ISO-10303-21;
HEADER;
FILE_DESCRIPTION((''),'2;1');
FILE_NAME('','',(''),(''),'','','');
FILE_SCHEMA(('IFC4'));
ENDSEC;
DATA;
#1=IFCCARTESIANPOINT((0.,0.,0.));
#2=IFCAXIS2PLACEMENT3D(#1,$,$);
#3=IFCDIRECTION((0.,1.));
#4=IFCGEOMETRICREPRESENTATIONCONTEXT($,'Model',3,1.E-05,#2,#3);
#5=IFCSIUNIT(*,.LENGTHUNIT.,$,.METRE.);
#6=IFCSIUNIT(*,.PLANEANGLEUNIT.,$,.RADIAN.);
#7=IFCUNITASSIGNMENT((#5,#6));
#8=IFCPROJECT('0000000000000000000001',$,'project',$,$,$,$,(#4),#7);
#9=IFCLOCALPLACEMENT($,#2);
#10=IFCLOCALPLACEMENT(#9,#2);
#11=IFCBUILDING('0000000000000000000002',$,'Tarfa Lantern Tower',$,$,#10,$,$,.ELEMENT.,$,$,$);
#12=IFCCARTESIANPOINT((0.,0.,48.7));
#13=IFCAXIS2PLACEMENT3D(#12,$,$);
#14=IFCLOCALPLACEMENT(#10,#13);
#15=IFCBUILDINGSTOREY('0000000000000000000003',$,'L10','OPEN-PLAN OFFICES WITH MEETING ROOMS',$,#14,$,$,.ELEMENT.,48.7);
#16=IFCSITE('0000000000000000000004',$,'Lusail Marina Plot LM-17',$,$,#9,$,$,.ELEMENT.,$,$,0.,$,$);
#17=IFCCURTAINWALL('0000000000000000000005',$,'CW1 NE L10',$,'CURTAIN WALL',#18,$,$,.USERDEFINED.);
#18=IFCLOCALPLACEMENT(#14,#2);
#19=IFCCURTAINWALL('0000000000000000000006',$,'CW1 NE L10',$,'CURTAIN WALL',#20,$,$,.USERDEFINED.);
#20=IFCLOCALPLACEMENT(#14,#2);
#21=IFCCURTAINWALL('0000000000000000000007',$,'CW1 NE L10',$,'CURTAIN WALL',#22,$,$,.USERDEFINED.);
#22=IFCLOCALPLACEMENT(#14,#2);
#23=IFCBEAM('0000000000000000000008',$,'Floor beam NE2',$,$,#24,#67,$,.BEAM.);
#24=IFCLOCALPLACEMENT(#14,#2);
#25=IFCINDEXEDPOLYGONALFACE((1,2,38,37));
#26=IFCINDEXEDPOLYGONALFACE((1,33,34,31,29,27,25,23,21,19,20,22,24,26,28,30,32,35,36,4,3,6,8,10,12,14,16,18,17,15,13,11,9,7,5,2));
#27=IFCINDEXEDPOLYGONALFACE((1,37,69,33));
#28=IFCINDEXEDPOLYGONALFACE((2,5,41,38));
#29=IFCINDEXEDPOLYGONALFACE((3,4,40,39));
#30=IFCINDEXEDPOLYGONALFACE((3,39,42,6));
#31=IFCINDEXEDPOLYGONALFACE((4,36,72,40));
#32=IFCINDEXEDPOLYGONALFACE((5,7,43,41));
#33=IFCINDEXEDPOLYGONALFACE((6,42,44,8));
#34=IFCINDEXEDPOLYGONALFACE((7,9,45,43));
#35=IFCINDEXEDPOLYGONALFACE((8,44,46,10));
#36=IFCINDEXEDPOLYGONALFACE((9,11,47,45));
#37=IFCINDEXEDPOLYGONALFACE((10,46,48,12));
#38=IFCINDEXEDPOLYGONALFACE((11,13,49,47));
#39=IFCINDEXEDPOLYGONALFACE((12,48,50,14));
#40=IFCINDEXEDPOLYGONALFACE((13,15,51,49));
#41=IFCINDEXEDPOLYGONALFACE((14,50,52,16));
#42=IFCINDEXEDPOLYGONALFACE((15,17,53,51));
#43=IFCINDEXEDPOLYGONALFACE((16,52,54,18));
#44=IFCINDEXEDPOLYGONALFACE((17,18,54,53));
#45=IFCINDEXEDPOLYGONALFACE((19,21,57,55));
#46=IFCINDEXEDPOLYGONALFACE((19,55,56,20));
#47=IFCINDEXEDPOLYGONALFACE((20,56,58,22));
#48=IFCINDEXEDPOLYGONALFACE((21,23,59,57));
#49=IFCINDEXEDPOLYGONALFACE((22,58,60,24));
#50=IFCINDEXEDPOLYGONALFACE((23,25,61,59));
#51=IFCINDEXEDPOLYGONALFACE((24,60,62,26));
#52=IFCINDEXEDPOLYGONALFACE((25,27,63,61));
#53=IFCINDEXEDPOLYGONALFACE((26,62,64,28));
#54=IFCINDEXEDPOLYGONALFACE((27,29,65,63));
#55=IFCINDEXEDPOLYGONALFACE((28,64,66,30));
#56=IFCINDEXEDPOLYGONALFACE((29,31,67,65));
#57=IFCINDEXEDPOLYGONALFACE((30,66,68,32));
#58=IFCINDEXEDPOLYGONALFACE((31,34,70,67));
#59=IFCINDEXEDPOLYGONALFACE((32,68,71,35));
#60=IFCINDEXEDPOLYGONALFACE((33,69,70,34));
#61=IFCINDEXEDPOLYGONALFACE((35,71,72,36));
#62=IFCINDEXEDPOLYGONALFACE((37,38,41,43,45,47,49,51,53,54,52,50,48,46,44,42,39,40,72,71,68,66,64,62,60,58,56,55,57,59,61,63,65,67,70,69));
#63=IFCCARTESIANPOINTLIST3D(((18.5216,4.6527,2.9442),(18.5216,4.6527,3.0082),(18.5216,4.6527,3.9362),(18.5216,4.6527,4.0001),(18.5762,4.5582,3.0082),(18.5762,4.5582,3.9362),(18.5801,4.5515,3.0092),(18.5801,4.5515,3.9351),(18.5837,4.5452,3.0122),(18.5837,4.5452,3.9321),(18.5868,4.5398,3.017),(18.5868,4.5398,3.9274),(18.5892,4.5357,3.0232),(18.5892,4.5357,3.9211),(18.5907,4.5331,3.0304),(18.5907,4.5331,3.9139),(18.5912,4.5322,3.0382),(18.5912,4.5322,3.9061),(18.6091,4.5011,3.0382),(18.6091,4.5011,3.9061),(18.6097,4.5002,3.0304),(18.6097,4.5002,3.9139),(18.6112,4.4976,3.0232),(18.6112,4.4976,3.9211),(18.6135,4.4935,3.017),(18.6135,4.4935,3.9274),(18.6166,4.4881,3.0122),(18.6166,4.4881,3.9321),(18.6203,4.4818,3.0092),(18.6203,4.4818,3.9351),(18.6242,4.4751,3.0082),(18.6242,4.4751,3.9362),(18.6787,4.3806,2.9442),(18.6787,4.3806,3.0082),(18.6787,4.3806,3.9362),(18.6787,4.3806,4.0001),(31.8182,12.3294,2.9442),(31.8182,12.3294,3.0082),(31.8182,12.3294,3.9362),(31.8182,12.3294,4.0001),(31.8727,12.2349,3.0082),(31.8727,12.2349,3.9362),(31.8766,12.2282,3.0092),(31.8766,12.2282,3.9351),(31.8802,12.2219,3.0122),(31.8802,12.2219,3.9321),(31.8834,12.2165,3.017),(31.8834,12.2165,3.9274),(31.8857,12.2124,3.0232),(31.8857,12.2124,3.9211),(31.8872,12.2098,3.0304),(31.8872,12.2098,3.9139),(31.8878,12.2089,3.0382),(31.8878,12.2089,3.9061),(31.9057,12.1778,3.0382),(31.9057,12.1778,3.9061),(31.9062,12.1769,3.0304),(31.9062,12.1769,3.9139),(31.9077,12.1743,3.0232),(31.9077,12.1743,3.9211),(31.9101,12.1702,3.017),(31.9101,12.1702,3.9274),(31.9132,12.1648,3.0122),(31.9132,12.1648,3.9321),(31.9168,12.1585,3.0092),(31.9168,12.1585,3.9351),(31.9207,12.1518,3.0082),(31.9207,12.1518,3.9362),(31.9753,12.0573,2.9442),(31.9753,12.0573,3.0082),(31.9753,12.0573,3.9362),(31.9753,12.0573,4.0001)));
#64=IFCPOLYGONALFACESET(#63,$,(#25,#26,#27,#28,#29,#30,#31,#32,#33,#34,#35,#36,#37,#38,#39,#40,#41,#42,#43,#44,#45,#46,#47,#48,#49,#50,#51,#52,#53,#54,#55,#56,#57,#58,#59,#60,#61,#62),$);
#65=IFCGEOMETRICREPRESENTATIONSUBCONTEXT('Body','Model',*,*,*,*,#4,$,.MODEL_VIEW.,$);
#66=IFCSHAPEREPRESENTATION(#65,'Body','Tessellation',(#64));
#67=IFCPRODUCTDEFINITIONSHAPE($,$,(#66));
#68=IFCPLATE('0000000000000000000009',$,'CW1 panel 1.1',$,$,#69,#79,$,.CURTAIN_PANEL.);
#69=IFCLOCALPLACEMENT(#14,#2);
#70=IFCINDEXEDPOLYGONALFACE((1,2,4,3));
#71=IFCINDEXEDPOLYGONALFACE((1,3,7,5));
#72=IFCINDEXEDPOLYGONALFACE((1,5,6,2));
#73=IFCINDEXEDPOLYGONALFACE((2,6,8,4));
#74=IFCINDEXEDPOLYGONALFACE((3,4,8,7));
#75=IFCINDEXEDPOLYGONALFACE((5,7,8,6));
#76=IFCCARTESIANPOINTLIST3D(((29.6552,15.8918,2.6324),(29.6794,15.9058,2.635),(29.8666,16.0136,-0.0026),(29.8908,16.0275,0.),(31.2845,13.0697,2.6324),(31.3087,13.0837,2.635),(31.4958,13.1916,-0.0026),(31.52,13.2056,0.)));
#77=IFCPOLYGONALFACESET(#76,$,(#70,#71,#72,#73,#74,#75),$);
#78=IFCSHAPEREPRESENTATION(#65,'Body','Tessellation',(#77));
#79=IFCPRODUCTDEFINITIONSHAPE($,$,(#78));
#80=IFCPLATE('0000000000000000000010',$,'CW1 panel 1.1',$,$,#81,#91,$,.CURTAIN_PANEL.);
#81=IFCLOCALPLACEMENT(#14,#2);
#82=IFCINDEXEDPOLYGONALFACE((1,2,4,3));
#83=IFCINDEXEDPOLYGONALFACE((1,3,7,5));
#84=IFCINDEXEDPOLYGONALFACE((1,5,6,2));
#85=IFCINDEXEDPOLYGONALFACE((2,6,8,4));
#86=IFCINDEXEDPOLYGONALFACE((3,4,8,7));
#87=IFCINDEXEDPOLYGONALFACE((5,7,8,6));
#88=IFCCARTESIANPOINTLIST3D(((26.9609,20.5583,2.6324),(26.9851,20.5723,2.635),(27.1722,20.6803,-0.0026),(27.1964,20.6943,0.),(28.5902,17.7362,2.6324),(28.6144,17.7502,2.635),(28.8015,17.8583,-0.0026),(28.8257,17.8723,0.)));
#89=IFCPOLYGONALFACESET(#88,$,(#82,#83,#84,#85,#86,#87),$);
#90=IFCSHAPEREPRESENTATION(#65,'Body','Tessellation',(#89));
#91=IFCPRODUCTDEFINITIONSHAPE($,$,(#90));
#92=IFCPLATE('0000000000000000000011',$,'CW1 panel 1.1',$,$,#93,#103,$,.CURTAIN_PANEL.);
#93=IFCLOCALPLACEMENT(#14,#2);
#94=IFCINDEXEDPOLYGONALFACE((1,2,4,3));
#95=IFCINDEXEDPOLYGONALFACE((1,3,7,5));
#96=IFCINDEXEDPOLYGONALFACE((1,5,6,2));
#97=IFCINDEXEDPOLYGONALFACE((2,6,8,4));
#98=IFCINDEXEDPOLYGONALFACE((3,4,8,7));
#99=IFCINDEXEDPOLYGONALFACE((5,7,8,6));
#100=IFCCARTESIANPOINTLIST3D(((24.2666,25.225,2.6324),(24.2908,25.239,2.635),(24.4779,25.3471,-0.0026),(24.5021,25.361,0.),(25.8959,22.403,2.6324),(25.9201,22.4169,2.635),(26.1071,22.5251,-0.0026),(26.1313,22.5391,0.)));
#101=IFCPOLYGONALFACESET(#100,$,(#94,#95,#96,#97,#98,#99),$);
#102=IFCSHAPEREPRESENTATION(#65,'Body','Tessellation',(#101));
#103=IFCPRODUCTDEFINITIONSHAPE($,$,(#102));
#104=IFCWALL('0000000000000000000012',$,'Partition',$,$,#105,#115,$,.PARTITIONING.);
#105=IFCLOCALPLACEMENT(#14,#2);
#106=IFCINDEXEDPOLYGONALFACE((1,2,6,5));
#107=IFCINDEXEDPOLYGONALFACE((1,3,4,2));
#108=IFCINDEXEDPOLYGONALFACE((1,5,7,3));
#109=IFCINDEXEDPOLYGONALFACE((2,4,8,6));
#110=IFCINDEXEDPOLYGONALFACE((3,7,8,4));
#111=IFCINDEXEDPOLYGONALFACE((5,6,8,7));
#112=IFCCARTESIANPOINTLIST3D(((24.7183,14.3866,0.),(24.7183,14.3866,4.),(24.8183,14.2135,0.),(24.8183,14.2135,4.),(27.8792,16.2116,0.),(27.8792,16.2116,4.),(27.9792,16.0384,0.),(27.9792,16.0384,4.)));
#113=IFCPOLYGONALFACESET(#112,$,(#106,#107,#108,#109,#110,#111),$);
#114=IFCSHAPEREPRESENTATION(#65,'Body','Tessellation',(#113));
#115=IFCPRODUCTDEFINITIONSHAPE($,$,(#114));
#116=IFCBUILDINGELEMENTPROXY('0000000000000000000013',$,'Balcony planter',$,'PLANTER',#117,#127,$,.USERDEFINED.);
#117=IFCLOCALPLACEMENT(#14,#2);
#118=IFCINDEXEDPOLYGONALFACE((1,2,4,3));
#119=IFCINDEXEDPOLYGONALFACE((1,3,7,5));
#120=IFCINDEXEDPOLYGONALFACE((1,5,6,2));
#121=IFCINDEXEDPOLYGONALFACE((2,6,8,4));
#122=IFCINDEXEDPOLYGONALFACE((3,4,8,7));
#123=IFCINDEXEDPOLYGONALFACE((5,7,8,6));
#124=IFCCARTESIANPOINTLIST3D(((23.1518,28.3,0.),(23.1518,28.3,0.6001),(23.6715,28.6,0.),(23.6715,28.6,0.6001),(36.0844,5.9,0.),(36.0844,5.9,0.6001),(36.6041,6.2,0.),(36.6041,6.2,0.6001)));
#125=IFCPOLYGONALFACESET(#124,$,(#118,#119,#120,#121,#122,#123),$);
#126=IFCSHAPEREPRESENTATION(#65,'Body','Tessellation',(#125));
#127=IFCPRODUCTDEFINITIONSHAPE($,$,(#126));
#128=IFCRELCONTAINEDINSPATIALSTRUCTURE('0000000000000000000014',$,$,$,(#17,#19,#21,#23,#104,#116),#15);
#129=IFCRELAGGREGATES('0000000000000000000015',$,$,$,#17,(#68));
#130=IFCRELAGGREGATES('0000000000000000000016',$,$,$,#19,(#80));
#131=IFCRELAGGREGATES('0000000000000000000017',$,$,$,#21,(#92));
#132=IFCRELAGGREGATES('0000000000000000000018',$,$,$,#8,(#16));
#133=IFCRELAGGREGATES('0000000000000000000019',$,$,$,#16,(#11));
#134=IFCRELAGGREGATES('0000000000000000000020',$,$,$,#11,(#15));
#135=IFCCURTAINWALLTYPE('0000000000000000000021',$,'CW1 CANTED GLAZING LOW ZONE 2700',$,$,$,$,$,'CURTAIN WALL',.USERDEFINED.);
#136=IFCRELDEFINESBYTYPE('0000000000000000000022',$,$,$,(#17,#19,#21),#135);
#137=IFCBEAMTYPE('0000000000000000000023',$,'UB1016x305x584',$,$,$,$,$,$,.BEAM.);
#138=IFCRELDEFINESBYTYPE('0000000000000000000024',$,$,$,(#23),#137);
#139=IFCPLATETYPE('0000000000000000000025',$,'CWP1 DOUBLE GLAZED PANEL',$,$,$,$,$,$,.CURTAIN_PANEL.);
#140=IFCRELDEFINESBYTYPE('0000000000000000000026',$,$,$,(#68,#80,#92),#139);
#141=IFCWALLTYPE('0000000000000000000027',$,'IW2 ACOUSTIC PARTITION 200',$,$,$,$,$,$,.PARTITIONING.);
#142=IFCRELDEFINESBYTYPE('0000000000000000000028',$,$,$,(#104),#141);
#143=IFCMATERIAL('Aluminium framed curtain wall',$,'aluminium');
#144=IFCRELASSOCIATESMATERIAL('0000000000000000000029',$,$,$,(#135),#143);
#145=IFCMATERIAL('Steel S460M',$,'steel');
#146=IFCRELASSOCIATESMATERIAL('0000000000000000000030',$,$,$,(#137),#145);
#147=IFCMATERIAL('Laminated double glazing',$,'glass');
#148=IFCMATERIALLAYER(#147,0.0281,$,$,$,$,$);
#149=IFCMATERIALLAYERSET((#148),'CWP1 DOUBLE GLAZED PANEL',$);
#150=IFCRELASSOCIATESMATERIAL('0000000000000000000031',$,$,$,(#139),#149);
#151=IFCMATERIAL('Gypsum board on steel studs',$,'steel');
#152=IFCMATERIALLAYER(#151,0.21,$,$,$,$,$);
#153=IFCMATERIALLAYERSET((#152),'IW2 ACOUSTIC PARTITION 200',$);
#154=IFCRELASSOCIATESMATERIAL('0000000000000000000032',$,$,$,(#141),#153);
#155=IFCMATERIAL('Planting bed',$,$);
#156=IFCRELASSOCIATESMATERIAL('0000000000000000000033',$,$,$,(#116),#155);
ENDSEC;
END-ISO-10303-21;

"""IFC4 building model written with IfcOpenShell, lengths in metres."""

from ifc_helpers import new_model, si_unit, direction, frame, frame_2d, origin, origin_2d, place, context, subcontext, project, spatial, polyline, rectangle, i_section, outline, extrude, material, layer, layer_set, material_profile, profile_set, type_object, element, aggregate, save


model = new_model("IFC4")

# Units and contexts
model_context = context("Model", 3, precision=1e-05, world=origin(), true_north=direction((0.0, 1.0)))
body_context = subcontext(model_context, "Body", "Model", "MODEL_VIEW")
ifc_project = project(units=[si_unit("LENGTHUNIT", "METRE"), si_unit("PLANEANGLEUNIT", "RADIAN")], contexts=[model_context])

# Site, building, storey
site_placement = place(None, origin())
site = spatial("IfcSite", under=ifc_project, at=site_placement, Name="Lusail Marina Plot LM-17", CompositionType="ELEMENT", RefElevation=0.0)
building_placement = place(site_placement, origin())
building = spatial("IfcBuilding", under=site, at=building_placement, Name="Tarfa Lantern Tower", CompositionType="ELEMENT")
storey_placement = place(building_placement, frame((0.0, 0.0, 48.7)))
storey = spatial("IfcBuildingStorey", under=building, at=storey_placement, Name="L10", Description="OPEN-PLAN OFFICES WITH MEETING ROOMS", CompositionType="ELEMENT", Elevation=48.7)

# Curtain walls
ifc_material_1 = material(Name="Aluminium framed curtain wall", Category="aluminium")
curtain_wall_type = type_object("IfcCurtainWallType", Name="CW1 CANTED GLAZING LOW ZONE 2700", ElementType="CURTAIN WALL", PredefinedType="USERDEFINED", material=ifc_material_1)
curtain_wall_1_placement = place(storey_placement, origin())
curtain_wall_1 = element("IfcCurtainWall", 1, at=curtain_wall_1_placement, inside=storey, type_object=curtain_wall_type, Name="CW1 NE L10", ObjectType="CURTAIN WALL", PredefinedType="USERDEFINED")
curtain_wall_2_placement = place(storey_placement, origin())
curtain_wall_2 = element("IfcCurtainWall", 2, at=curtain_wall_2_placement, inside=storey, type_object=curtain_wall_type, Name="CW1 NE L10", ObjectType="CURTAIN WALL", PredefinedType="USERDEFINED")
curtain_wall_3_placement = place(storey_placement, origin())
curtain_wall_3 = element("IfcCurtainWall", 3, at=curtain_wall_3_placement, inside=storey, type_object=curtain_wall_type, Name="CW1 NE L10", ObjectType="CURTAIN WALL", PredefinedType="USERDEFINED")

# Beam
ifc_material_2 = material(Name="Steel S460M", Category="steel")
ifc_material_profile_1 = material_profile(ifc_material_2, i_section(OverallWidth=0.3142, OverallDepth=1.0559, WebThickness=0.0359, FlangeThickness=0.064, FilletRadius=0.03, at=origin_2d()), Name="UB1016x305x584")
ifc_profile_set_1 = profile_set([ifc_material_profile_1], Name="Steel S460M")
beam_type_1 = type_object("IfcBeamType", Name="UB1016x305x584", PredefinedType="BEAM", material=ifc_profile_set_1)
beam_1_placement = place(storey_placement, frame((31.8967, 12.1934, 3.4722), z_axis=(-0.866027, -0.499997, 0.0), x_axis=(0.499997, -0.866027, 0.0)))
element("IfcBeam", 4, at=beam_1_placement, inside=storey, type_object=beam_type_1, Name="Floor beam NE2", PredefinedType="BEAM", context=body_context, shape_type="SweptSolid", body=[
    extrude(i_section(OverallWidth=0.3142, OverallDepth=1.0559, WebThickness=0.0359, FlangeThickness=0.064, FilletRadius=0.03, at=origin_2d()), origin(), (0.0, 0.0, 1.0), 15.3535),
])

# Plates
ifc_material_3 = material(Name="Laminated double glazing", Category="glass")
ifc_layer_1 = layer(ifc_material_3, 0.0281)
ifc_layer_set_1 = layer_set([ifc_layer_1], Name="CWP1 DOUBLE GLAZED PANEL")
plate_type = type_object("IfcPlateType", Name="CWP1 DOUBLE GLAZED PANEL", PredefinedType="CURTAIN_PANEL", material=ifc_layer_set_1)
plate_1_placement = place(storey_placement, frame((31.52, 13.2056, 0.0), z_axis=(0.862342, 0.497867, 0.09217), x_axis=(-0.499995, 0.866029, -0.000003)))
plate_1 = element("IfcPlate", 5, at=plate_1_placement, type_object=plate_type, Name="CW1 panel 1.1", PredefinedType="CURTAIN_PANEL", context=body_context, shape_type="SweptSolid", body=[
    extrude(outline(polyline([(0.0, 0.0), (3.2585, 0.0), (3.2587, 2.6463), (0.0001, 2.6463), (0.0, 0.0)])), origin(), (0.0, 0.0, -1.0), 0.0281),
])
aggregate(curtain_wall_1, [plate_1])
plate_2_placement = place(storey_placement, frame((28.8257, 17.8723, 0.0), z_axis=(0.862338, 0.497864, 0.092216), x_axis=(-0.499995, 0.866029, -0.000003)))
plate_2 = element("IfcPlate", 6, at=plate_2_placement, type_object=plate_type, Name="CW1 panel 1.1", PredefinedType="CURTAIN_PANEL", context=body_context, shape_type="SweptSolid", body=[
    extrude(outline(polyline([(0.0, 0.0), (3.2585, 0.0), (3.2585, 2.6463), (-0.0001, 2.6463), (0.0, 0.0)])), origin(), (0.0, 0.0, -1.0), 0.0281),
])
aggregate(curtain_wall_2, [plate_2])
plate_3_placement = place(storey_placement, frame((26.1313, 22.5391, 0.0), z_axis=(0.862338, 0.497864, 0.092216), x_axis=(-0.499995, 0.866029, -0.000003)))
plate_3 = element("IfcPlate", 7, at=plate_3_placement, type_object=plate_type, Name="CW1 panel 1.1", PredefinedType="CURTAIN_PANEL", context=body_context, shape_type="SweptSolid", body=[
    extrude(outline(polyline([(0.0, 0.0), (3.2585, 0.0), (3.2585, 2.6463), (-0.0001, 2.6463), (0.0, 0.0)])), origin(), (0.0, 0.0, -1.0), 0.0281),
])
aggregate(curtain_wall_3, [plate_3])

# Wall
ifc_material_4 = material(Name="Gypsum board on steel studs", Category="steel")
ifc_layer_2 = layer(ifc_material_4, 0.21)
ifc_layer_set_2 = layer_set([ifc_layer_2], Name="IW2 ACOUSTIC PARTITION 200")
wall_type = type_object("IfcWallType", Name="IW2 ACOUSTIC PARTITION 200", PredefinedType="PARTITIONING", material=ifc_layer_set_2)
wall_placement = place(storey_placement, frame((24.7683, 14.3, 0.0), z_axis=(0.0, 0.0, 1.0), x_axis=(0.866024, 0.500002, 0.0)))
element("IfcWall", 8, at=wall_placement, inside=storey, type_object=wall_type, Name="Partition", PredefinedType="PARTITIONING", context=body_context, shape_type="SweptSolid", body=[
    extrude(rectangle(XDim=3.6499, YDim=0.2, at=frame_2d((1.825, 0.0))), origin(), (0.0, 0.0, 1.0), 4.0),
])

# Building element proxy
ifc_material_5 = material(Name="Planting bed")
proxy_placement = place(storey_placement, frame((29.8779, 17.25, 0.0), z_axis=(0.0, 0.0, 1.0), x_axis=(-0.5, 0.866025, 0.0)))
element("IfcBuildingElementProxy", 9, at=proxy_placement, inside=storey, material=ifc_material_5, Name="Balcony planter", ObjectType="PLANTER", PredefinedType="USERDEFINED", context=body_context, shape_type="SweptSolid", body=[
    extrude(rectangle(XDim=25.8652, YDim=0.6001, at=origin_2d()), origin(), (0.0, 0.0, 1.0), 0.6001),
])

save(model, "model.ifc")
